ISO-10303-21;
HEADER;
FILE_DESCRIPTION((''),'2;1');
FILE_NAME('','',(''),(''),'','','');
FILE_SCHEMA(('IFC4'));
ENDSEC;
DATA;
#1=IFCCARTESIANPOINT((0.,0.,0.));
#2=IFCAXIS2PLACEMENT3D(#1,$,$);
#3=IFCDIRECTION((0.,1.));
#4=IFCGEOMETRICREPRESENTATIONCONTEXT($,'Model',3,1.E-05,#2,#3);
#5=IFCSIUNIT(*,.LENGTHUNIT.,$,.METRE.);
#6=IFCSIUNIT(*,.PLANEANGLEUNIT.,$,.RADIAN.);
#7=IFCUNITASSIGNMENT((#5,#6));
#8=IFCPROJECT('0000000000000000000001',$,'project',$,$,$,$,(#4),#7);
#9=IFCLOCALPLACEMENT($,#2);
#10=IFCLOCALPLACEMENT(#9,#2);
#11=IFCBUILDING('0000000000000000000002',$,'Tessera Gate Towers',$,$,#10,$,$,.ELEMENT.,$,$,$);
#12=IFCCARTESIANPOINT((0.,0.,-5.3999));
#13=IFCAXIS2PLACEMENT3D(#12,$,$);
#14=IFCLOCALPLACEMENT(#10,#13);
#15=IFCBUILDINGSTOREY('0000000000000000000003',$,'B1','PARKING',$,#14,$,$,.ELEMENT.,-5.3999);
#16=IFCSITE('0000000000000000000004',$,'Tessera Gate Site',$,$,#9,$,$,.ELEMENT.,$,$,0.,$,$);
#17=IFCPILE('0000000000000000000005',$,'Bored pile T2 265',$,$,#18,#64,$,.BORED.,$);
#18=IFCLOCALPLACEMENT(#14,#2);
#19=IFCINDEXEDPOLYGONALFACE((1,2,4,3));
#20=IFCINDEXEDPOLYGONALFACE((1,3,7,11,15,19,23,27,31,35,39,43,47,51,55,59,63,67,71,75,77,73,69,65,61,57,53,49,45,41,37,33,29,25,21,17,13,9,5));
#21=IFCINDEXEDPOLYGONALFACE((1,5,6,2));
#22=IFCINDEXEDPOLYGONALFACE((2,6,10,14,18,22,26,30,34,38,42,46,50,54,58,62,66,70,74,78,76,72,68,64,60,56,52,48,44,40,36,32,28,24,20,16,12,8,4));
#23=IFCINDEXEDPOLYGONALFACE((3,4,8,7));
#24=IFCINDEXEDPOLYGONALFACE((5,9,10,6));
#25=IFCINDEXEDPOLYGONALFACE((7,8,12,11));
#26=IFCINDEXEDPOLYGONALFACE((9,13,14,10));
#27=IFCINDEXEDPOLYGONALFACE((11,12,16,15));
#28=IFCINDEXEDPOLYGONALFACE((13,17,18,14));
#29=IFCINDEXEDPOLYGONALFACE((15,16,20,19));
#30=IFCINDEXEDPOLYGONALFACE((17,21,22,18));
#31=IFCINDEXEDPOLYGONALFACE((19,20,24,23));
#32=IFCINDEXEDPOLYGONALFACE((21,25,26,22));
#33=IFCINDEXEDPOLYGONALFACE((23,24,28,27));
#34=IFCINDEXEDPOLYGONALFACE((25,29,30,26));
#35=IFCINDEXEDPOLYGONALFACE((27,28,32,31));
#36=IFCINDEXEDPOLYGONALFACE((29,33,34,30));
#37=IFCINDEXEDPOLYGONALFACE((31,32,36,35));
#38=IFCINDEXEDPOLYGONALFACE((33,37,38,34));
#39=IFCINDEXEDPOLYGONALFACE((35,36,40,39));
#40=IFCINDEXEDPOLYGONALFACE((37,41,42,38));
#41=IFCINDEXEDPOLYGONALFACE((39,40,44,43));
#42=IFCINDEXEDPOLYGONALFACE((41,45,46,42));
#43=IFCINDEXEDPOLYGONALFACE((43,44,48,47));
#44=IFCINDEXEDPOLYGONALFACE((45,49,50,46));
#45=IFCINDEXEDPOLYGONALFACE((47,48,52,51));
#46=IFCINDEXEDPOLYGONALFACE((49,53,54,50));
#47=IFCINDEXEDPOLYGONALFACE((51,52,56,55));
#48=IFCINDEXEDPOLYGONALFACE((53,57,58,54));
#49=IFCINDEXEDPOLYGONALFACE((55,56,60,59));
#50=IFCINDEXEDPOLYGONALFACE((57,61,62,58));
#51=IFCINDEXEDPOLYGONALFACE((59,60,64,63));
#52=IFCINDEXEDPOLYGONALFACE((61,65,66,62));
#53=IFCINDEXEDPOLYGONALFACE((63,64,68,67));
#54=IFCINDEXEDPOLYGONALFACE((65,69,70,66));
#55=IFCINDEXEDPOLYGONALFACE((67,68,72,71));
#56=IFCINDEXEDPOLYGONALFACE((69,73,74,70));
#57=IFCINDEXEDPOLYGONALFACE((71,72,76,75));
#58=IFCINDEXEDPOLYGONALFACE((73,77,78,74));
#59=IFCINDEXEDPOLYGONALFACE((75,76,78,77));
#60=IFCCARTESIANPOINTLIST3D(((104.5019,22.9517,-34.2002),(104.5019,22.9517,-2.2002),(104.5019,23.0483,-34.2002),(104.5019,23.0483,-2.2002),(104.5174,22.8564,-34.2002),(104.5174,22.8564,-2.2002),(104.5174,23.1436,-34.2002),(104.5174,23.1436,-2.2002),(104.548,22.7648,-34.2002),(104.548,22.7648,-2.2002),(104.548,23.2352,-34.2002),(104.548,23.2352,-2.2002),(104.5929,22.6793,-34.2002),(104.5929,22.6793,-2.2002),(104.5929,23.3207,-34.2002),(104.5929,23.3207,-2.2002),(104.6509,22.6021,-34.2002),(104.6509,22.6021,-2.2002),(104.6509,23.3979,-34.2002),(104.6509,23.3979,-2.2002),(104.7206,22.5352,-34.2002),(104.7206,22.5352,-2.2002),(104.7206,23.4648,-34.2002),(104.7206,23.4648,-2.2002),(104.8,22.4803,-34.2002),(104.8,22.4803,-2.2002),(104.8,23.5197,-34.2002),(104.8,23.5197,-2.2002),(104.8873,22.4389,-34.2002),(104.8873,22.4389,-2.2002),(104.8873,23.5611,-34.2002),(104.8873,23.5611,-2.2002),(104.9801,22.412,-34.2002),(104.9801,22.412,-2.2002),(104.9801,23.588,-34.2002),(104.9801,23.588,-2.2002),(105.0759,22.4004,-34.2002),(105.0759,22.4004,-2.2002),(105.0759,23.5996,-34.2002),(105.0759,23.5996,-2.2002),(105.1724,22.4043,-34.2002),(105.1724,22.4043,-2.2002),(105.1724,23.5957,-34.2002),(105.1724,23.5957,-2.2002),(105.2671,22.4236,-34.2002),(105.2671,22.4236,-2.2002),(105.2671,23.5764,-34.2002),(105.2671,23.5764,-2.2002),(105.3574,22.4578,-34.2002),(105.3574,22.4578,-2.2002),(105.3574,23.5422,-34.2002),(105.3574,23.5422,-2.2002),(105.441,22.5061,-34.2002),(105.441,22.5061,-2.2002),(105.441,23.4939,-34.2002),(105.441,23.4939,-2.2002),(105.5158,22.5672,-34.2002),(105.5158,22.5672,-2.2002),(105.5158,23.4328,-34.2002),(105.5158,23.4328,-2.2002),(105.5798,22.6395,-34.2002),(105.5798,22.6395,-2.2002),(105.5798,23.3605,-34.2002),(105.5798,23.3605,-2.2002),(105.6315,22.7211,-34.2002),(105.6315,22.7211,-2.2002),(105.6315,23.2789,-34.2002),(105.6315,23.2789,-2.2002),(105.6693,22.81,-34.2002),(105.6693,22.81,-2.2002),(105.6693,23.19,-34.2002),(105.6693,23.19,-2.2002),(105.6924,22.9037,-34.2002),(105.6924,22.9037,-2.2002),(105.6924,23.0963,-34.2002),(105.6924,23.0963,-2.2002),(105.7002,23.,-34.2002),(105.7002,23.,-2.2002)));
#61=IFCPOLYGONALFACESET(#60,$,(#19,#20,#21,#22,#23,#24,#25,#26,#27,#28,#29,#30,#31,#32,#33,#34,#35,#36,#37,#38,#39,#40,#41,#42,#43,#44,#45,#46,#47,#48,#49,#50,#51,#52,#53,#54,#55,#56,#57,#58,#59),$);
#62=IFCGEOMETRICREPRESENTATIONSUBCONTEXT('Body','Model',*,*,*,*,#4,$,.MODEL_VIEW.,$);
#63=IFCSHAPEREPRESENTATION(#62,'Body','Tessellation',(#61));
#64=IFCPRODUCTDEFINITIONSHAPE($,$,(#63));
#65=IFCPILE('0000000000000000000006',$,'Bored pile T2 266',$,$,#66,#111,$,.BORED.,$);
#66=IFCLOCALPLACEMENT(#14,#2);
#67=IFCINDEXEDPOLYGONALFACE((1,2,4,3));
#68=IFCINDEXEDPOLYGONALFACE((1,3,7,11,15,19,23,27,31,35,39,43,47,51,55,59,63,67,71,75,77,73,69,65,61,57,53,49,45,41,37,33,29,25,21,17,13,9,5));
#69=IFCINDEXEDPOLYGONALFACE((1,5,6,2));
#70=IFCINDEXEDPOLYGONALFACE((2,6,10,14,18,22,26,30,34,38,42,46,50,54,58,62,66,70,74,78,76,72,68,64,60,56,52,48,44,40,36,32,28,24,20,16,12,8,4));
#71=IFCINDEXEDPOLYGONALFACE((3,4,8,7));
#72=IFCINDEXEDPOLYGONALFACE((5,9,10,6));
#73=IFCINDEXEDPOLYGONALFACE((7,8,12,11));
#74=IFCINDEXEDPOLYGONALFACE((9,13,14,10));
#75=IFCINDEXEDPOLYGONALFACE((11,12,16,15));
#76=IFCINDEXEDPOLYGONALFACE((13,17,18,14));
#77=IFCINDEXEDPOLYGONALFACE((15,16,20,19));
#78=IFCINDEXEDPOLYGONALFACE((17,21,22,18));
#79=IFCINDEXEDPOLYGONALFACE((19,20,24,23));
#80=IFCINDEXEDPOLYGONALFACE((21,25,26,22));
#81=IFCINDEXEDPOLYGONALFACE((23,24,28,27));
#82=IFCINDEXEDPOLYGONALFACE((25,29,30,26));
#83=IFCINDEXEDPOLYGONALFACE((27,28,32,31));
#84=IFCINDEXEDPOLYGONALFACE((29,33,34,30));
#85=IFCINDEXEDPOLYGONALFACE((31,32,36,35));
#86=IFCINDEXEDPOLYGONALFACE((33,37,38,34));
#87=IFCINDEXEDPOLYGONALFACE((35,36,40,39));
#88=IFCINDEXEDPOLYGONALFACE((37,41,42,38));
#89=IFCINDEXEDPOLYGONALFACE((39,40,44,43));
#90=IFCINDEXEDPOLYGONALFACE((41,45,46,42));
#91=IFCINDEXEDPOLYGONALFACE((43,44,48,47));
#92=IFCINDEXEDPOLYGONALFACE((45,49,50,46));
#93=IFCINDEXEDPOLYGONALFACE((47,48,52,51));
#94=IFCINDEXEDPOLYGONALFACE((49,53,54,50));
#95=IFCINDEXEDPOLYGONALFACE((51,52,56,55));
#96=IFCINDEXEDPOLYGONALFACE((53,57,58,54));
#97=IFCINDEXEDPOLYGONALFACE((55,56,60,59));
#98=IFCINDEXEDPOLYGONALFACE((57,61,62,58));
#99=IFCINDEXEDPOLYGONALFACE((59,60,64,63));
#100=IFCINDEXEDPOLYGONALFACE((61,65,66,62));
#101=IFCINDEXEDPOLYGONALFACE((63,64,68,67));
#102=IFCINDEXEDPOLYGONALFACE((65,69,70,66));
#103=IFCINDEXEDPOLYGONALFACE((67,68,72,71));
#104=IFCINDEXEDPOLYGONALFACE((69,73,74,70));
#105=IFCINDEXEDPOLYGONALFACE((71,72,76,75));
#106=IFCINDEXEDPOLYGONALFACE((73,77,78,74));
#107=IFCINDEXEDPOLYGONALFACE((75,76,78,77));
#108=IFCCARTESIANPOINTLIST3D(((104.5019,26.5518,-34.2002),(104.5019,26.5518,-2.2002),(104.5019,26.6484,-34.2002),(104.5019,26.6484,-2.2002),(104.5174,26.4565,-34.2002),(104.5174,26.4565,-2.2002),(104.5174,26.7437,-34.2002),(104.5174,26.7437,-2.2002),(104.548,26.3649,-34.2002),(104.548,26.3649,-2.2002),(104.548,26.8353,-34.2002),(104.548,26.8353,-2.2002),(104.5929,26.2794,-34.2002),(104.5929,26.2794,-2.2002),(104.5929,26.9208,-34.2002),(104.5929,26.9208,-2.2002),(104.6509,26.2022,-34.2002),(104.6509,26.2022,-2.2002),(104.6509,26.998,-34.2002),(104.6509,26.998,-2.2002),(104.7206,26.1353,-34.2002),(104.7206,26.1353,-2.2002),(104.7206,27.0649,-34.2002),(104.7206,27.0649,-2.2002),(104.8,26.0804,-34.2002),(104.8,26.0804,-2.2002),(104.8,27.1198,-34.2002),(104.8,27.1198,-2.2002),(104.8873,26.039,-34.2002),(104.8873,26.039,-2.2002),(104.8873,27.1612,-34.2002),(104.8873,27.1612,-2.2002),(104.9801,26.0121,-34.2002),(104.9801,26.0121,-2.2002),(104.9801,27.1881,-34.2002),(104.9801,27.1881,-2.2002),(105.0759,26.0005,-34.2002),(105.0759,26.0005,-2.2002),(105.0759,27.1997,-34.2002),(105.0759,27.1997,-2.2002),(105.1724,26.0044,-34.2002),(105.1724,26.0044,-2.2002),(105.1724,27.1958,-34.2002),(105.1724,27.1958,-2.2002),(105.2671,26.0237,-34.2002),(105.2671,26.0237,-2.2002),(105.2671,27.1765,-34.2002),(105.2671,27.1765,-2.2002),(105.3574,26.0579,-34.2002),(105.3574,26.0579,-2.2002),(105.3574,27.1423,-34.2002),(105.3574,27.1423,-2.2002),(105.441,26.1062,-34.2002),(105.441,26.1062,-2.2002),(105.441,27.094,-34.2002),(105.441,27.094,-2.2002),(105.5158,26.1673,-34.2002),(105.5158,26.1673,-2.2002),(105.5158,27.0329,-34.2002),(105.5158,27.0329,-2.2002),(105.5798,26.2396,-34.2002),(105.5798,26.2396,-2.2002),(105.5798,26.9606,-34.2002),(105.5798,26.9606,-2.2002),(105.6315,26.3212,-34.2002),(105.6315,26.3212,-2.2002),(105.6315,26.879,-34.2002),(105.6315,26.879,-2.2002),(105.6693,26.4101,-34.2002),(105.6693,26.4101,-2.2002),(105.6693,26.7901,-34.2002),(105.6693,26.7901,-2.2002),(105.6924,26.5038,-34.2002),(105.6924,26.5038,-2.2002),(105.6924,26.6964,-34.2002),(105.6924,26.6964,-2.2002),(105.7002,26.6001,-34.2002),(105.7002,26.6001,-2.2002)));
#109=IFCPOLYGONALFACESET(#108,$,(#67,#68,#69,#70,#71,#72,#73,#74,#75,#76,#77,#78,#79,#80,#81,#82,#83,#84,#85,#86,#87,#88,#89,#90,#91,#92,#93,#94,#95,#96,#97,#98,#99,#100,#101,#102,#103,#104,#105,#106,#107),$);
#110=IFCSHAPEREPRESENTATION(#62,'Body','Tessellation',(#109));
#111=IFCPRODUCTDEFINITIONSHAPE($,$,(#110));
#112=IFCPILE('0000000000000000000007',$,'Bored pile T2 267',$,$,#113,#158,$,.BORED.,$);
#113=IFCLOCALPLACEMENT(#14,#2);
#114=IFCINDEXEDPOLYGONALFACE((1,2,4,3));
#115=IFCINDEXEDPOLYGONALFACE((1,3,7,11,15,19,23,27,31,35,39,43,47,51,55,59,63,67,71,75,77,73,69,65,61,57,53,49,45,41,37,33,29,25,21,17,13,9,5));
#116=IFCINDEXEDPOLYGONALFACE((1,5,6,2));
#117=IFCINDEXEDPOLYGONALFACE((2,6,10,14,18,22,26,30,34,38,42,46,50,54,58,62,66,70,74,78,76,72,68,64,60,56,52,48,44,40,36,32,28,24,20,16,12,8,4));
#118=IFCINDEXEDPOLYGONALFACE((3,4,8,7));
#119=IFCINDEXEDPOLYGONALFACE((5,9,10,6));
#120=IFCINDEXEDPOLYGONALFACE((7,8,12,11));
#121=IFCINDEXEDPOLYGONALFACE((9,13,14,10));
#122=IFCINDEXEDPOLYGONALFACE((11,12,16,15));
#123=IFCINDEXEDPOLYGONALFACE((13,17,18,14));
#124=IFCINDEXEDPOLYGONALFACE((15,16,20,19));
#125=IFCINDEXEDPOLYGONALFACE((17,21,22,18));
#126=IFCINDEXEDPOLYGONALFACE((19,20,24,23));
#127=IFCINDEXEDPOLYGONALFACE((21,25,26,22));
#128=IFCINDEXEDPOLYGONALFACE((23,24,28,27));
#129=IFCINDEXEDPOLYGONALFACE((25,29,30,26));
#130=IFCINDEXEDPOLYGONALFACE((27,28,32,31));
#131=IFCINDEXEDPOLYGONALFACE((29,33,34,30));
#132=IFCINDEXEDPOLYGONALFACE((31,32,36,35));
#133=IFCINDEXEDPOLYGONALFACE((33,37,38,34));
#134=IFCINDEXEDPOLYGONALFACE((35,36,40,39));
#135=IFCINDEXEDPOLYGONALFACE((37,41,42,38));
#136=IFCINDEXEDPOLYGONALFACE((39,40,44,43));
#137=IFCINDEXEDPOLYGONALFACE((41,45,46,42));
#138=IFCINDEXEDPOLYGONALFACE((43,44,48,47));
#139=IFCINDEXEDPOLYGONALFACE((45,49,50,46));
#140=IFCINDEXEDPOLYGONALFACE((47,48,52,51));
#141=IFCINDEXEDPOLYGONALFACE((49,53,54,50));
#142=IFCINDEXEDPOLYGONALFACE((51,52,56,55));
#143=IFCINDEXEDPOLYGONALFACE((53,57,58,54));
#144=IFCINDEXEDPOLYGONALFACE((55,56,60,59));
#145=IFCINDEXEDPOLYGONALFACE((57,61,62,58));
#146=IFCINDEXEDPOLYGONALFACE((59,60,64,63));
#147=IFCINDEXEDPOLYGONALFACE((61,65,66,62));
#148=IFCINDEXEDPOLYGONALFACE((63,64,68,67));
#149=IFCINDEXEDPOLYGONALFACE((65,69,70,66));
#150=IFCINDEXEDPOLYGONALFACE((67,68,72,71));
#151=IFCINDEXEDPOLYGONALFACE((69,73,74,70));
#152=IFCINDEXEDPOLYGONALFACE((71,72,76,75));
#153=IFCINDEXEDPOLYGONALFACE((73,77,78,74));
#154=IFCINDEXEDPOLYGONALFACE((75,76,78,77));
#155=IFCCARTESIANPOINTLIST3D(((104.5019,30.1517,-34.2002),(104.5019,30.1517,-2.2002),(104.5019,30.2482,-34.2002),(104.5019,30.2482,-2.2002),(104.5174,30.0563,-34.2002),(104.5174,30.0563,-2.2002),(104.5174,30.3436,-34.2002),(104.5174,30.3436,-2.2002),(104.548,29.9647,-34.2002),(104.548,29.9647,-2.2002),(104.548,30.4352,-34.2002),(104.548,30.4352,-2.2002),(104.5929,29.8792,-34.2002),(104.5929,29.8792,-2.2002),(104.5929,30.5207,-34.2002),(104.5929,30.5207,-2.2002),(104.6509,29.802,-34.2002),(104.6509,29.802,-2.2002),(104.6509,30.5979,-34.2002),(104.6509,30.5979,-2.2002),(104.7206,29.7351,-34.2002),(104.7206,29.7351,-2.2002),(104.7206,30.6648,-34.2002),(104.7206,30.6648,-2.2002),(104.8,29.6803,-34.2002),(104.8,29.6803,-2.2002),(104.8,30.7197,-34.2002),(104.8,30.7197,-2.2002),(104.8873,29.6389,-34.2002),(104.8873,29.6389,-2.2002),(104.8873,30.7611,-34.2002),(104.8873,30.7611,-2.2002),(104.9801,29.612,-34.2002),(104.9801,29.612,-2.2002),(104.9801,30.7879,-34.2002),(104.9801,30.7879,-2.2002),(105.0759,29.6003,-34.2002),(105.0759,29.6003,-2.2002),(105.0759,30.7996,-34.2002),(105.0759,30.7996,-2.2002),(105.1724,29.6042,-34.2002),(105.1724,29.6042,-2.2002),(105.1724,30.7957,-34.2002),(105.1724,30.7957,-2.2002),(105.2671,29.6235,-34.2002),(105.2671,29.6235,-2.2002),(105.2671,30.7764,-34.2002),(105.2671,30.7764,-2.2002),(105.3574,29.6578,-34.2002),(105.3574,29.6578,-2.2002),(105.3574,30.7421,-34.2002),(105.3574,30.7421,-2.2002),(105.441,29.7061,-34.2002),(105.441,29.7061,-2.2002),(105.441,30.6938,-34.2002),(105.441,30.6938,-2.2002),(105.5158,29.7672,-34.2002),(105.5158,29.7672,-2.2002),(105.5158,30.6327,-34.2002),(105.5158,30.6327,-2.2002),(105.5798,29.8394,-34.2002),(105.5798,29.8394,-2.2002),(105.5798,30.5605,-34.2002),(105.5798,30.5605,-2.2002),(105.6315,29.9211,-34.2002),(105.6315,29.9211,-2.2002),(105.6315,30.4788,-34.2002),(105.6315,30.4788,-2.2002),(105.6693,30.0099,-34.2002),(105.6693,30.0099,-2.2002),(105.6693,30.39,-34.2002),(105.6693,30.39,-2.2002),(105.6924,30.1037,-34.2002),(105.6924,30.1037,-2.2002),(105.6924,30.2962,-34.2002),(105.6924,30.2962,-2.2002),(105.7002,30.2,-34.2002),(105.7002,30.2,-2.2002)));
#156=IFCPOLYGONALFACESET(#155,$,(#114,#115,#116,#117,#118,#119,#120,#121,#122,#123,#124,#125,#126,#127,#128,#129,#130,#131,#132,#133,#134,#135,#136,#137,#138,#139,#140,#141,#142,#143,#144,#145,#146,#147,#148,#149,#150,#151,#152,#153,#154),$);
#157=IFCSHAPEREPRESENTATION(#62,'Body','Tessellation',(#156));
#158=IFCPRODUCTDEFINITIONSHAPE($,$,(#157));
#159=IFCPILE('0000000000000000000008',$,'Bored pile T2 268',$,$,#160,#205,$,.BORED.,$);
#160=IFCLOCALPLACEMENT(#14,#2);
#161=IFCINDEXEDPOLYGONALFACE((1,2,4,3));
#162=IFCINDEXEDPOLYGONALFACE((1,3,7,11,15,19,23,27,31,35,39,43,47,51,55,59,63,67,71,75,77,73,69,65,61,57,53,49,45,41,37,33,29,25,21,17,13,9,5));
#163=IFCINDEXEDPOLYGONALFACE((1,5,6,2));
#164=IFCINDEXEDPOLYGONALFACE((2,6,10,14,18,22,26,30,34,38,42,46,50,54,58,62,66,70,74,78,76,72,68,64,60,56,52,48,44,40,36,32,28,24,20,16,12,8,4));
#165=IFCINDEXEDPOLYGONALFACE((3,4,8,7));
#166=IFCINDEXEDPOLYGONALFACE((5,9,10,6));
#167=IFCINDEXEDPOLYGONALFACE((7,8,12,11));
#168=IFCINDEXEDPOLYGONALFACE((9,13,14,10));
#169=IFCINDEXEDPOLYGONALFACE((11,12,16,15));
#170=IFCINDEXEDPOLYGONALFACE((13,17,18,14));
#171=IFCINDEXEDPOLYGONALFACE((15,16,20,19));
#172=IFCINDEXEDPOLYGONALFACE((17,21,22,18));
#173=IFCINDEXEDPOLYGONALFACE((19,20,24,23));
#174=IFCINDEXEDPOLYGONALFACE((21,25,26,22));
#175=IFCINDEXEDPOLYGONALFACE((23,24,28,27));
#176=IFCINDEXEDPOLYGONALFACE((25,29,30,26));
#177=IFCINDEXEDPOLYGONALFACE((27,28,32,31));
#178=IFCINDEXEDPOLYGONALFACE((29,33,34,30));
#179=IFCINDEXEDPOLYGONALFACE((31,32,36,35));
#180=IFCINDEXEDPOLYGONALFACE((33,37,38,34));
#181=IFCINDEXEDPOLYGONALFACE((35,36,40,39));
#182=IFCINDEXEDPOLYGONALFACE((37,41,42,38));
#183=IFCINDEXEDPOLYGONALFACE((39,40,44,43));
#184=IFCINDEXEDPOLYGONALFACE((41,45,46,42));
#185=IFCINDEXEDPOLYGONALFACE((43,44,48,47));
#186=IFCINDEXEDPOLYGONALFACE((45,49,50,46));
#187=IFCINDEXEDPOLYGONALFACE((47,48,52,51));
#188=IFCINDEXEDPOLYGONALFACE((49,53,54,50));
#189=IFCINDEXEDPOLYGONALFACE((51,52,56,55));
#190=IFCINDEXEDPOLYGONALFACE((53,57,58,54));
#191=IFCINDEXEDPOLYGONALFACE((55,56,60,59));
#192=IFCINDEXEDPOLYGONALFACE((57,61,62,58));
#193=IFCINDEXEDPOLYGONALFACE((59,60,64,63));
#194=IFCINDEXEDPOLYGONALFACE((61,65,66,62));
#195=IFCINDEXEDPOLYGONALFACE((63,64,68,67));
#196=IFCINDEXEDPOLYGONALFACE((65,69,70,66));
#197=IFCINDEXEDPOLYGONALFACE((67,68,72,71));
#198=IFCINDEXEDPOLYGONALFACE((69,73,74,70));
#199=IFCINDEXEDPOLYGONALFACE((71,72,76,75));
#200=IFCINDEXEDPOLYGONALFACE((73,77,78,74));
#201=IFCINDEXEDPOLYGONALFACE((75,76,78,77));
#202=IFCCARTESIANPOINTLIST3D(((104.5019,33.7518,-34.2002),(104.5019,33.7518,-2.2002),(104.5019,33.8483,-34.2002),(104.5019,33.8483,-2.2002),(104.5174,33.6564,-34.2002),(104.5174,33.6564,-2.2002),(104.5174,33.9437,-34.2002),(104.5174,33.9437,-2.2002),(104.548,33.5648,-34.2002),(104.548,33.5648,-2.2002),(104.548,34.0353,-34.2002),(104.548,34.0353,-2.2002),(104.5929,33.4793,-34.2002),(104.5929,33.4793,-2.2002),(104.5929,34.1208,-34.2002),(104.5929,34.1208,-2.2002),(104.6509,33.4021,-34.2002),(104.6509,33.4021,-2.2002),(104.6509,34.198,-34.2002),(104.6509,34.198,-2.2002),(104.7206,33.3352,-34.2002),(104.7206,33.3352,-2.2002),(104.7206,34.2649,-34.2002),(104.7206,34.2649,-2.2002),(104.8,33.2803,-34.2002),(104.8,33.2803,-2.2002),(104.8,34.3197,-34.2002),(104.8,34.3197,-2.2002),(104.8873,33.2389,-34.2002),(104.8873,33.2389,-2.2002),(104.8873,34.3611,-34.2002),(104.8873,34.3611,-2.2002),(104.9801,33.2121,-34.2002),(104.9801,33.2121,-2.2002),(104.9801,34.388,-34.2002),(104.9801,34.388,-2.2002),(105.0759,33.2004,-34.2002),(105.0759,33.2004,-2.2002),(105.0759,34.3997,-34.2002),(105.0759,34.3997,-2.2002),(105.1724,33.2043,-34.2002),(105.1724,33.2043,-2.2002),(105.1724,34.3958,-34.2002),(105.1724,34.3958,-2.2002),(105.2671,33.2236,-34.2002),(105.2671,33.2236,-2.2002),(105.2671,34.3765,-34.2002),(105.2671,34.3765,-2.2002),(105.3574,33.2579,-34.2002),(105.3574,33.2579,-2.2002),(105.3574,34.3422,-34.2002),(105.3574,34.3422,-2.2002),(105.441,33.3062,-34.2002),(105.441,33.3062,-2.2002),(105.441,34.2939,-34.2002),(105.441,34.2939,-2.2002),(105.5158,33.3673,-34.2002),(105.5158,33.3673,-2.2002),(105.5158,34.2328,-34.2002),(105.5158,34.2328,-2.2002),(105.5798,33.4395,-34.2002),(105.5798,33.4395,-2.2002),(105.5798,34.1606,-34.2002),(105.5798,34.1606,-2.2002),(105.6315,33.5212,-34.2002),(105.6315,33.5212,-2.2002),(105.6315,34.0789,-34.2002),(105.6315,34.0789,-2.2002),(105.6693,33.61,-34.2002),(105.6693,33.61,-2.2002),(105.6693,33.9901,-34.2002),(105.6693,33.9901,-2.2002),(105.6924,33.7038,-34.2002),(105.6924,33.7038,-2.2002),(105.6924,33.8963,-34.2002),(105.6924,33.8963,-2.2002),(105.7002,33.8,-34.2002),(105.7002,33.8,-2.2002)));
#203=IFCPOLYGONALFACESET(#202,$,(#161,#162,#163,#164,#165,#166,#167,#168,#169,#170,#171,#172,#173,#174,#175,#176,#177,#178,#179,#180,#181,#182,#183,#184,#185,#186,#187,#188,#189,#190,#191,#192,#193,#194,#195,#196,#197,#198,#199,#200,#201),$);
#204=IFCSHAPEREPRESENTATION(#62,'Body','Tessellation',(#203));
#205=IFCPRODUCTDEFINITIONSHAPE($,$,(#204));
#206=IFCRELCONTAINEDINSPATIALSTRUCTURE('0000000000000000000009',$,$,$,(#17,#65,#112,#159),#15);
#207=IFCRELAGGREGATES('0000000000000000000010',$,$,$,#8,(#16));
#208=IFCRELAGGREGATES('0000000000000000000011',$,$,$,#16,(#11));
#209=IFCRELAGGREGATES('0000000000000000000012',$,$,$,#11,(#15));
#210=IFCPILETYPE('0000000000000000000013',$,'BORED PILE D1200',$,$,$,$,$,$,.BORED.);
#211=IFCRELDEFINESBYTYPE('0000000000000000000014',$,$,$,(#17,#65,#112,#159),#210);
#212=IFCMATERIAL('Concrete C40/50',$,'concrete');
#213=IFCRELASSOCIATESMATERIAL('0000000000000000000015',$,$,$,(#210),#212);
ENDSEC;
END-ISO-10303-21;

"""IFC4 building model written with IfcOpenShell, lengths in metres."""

from ifc_helpers import new_model, si_unit, direction, frame, origin, origin_2d, place, context, subcontext, project, spatial, circle, extrude, material, material_profile, profile_set, type_object, element, save


model = new_model("IFC4")

# Units and contexts
model_context = context("Model", 3, precision=1e-05, world=origin(), true_north=direction((0.0, 1.0)))
body_context = subcontext(model_context, "Body", "Model", "MODEL_VIEW")
ifc_project = project(units=[si_unit("LENGTHUNIT", "METRE"), si_unit("PLANEANGLEUNIT", "RADIAN")], contexts=[model_context])

# Site, building, storey
site_placement = place(None, origin())
site = spatial("IfcSite", under=ifc_project, at=site_placement, Name="Tessera Gate Site", CompositionType="ELEMENT", RefElevation=0.0)
building_placement = place(site_placement, origin())
building = spatial("IfcBuilding", under=site, at=building_placement, Name="Tessera Gate Towers", CompositionType="ELEMENT")
storey_placement = place(building_placement, frame((0.0, 0.0, -5.3999)))
storey = spatial("IfcBuildingStorey", under=building, at=storey_placement, Name="B1", Description="PARKING", CompositionType="ELEMENT", Elevation=-5.3999)

# Piles
ifc_material_1 = material(Name="Concrete C40/50", Category="concrete")
ifc_material_profile_1 = material_profile(ifc_material_1, circle(Radius=0.6001, at=origin_2d()), Name="BORED PILE D1200")
ifc_profile_set_1 = profile_set([ifc_material_profile_1], Name="Concrete C40/50")
pile_type = type_object("IfcPileType", Name="BORED PILE D1200", PredefinedType="BORED", material=ifc_profile_set_1)
for number, where, z_axis, x_axis, name in (
    (1, (105.1001, 23.0, -2.2002), (0.0, 0.0, -1.0), (1.0, 0.0, 0.0), "Bored pile T2 265"),
    (2, (105.1001, 26.6001, -2.2002), (0.0, 0.0, -1.0), (1.0, 0.0, 0.0), "Bored pile T2 266"),
    (3, (105.1001, 30.2, -2.2002), (0.0, 0.0, -1.0), (1.0, 0.0, 0.0), "Bored pile T2 267"),
    (4, (105.1001, 33.8, -2.2002), (0.0, 0.0, -1.0), (1.0, 0.0, 0.0), "Bored pile T2 268"),
):
    element("IfcPile", number, at=place(storey_placement, frame(where, z_axis=z_axis, x_axis=x_axis)), inside=storey, type_object=pile_type, Name=name, PredefinedType="BORED", context=body_context, shape_type="SweptSolid", body=[
        extrude(circle(Radius=0.6001, at=origin_2d()), origin(), (0.0, 0.0, 1.0), 32.0),
    ])

save(model, "model.ifc")
